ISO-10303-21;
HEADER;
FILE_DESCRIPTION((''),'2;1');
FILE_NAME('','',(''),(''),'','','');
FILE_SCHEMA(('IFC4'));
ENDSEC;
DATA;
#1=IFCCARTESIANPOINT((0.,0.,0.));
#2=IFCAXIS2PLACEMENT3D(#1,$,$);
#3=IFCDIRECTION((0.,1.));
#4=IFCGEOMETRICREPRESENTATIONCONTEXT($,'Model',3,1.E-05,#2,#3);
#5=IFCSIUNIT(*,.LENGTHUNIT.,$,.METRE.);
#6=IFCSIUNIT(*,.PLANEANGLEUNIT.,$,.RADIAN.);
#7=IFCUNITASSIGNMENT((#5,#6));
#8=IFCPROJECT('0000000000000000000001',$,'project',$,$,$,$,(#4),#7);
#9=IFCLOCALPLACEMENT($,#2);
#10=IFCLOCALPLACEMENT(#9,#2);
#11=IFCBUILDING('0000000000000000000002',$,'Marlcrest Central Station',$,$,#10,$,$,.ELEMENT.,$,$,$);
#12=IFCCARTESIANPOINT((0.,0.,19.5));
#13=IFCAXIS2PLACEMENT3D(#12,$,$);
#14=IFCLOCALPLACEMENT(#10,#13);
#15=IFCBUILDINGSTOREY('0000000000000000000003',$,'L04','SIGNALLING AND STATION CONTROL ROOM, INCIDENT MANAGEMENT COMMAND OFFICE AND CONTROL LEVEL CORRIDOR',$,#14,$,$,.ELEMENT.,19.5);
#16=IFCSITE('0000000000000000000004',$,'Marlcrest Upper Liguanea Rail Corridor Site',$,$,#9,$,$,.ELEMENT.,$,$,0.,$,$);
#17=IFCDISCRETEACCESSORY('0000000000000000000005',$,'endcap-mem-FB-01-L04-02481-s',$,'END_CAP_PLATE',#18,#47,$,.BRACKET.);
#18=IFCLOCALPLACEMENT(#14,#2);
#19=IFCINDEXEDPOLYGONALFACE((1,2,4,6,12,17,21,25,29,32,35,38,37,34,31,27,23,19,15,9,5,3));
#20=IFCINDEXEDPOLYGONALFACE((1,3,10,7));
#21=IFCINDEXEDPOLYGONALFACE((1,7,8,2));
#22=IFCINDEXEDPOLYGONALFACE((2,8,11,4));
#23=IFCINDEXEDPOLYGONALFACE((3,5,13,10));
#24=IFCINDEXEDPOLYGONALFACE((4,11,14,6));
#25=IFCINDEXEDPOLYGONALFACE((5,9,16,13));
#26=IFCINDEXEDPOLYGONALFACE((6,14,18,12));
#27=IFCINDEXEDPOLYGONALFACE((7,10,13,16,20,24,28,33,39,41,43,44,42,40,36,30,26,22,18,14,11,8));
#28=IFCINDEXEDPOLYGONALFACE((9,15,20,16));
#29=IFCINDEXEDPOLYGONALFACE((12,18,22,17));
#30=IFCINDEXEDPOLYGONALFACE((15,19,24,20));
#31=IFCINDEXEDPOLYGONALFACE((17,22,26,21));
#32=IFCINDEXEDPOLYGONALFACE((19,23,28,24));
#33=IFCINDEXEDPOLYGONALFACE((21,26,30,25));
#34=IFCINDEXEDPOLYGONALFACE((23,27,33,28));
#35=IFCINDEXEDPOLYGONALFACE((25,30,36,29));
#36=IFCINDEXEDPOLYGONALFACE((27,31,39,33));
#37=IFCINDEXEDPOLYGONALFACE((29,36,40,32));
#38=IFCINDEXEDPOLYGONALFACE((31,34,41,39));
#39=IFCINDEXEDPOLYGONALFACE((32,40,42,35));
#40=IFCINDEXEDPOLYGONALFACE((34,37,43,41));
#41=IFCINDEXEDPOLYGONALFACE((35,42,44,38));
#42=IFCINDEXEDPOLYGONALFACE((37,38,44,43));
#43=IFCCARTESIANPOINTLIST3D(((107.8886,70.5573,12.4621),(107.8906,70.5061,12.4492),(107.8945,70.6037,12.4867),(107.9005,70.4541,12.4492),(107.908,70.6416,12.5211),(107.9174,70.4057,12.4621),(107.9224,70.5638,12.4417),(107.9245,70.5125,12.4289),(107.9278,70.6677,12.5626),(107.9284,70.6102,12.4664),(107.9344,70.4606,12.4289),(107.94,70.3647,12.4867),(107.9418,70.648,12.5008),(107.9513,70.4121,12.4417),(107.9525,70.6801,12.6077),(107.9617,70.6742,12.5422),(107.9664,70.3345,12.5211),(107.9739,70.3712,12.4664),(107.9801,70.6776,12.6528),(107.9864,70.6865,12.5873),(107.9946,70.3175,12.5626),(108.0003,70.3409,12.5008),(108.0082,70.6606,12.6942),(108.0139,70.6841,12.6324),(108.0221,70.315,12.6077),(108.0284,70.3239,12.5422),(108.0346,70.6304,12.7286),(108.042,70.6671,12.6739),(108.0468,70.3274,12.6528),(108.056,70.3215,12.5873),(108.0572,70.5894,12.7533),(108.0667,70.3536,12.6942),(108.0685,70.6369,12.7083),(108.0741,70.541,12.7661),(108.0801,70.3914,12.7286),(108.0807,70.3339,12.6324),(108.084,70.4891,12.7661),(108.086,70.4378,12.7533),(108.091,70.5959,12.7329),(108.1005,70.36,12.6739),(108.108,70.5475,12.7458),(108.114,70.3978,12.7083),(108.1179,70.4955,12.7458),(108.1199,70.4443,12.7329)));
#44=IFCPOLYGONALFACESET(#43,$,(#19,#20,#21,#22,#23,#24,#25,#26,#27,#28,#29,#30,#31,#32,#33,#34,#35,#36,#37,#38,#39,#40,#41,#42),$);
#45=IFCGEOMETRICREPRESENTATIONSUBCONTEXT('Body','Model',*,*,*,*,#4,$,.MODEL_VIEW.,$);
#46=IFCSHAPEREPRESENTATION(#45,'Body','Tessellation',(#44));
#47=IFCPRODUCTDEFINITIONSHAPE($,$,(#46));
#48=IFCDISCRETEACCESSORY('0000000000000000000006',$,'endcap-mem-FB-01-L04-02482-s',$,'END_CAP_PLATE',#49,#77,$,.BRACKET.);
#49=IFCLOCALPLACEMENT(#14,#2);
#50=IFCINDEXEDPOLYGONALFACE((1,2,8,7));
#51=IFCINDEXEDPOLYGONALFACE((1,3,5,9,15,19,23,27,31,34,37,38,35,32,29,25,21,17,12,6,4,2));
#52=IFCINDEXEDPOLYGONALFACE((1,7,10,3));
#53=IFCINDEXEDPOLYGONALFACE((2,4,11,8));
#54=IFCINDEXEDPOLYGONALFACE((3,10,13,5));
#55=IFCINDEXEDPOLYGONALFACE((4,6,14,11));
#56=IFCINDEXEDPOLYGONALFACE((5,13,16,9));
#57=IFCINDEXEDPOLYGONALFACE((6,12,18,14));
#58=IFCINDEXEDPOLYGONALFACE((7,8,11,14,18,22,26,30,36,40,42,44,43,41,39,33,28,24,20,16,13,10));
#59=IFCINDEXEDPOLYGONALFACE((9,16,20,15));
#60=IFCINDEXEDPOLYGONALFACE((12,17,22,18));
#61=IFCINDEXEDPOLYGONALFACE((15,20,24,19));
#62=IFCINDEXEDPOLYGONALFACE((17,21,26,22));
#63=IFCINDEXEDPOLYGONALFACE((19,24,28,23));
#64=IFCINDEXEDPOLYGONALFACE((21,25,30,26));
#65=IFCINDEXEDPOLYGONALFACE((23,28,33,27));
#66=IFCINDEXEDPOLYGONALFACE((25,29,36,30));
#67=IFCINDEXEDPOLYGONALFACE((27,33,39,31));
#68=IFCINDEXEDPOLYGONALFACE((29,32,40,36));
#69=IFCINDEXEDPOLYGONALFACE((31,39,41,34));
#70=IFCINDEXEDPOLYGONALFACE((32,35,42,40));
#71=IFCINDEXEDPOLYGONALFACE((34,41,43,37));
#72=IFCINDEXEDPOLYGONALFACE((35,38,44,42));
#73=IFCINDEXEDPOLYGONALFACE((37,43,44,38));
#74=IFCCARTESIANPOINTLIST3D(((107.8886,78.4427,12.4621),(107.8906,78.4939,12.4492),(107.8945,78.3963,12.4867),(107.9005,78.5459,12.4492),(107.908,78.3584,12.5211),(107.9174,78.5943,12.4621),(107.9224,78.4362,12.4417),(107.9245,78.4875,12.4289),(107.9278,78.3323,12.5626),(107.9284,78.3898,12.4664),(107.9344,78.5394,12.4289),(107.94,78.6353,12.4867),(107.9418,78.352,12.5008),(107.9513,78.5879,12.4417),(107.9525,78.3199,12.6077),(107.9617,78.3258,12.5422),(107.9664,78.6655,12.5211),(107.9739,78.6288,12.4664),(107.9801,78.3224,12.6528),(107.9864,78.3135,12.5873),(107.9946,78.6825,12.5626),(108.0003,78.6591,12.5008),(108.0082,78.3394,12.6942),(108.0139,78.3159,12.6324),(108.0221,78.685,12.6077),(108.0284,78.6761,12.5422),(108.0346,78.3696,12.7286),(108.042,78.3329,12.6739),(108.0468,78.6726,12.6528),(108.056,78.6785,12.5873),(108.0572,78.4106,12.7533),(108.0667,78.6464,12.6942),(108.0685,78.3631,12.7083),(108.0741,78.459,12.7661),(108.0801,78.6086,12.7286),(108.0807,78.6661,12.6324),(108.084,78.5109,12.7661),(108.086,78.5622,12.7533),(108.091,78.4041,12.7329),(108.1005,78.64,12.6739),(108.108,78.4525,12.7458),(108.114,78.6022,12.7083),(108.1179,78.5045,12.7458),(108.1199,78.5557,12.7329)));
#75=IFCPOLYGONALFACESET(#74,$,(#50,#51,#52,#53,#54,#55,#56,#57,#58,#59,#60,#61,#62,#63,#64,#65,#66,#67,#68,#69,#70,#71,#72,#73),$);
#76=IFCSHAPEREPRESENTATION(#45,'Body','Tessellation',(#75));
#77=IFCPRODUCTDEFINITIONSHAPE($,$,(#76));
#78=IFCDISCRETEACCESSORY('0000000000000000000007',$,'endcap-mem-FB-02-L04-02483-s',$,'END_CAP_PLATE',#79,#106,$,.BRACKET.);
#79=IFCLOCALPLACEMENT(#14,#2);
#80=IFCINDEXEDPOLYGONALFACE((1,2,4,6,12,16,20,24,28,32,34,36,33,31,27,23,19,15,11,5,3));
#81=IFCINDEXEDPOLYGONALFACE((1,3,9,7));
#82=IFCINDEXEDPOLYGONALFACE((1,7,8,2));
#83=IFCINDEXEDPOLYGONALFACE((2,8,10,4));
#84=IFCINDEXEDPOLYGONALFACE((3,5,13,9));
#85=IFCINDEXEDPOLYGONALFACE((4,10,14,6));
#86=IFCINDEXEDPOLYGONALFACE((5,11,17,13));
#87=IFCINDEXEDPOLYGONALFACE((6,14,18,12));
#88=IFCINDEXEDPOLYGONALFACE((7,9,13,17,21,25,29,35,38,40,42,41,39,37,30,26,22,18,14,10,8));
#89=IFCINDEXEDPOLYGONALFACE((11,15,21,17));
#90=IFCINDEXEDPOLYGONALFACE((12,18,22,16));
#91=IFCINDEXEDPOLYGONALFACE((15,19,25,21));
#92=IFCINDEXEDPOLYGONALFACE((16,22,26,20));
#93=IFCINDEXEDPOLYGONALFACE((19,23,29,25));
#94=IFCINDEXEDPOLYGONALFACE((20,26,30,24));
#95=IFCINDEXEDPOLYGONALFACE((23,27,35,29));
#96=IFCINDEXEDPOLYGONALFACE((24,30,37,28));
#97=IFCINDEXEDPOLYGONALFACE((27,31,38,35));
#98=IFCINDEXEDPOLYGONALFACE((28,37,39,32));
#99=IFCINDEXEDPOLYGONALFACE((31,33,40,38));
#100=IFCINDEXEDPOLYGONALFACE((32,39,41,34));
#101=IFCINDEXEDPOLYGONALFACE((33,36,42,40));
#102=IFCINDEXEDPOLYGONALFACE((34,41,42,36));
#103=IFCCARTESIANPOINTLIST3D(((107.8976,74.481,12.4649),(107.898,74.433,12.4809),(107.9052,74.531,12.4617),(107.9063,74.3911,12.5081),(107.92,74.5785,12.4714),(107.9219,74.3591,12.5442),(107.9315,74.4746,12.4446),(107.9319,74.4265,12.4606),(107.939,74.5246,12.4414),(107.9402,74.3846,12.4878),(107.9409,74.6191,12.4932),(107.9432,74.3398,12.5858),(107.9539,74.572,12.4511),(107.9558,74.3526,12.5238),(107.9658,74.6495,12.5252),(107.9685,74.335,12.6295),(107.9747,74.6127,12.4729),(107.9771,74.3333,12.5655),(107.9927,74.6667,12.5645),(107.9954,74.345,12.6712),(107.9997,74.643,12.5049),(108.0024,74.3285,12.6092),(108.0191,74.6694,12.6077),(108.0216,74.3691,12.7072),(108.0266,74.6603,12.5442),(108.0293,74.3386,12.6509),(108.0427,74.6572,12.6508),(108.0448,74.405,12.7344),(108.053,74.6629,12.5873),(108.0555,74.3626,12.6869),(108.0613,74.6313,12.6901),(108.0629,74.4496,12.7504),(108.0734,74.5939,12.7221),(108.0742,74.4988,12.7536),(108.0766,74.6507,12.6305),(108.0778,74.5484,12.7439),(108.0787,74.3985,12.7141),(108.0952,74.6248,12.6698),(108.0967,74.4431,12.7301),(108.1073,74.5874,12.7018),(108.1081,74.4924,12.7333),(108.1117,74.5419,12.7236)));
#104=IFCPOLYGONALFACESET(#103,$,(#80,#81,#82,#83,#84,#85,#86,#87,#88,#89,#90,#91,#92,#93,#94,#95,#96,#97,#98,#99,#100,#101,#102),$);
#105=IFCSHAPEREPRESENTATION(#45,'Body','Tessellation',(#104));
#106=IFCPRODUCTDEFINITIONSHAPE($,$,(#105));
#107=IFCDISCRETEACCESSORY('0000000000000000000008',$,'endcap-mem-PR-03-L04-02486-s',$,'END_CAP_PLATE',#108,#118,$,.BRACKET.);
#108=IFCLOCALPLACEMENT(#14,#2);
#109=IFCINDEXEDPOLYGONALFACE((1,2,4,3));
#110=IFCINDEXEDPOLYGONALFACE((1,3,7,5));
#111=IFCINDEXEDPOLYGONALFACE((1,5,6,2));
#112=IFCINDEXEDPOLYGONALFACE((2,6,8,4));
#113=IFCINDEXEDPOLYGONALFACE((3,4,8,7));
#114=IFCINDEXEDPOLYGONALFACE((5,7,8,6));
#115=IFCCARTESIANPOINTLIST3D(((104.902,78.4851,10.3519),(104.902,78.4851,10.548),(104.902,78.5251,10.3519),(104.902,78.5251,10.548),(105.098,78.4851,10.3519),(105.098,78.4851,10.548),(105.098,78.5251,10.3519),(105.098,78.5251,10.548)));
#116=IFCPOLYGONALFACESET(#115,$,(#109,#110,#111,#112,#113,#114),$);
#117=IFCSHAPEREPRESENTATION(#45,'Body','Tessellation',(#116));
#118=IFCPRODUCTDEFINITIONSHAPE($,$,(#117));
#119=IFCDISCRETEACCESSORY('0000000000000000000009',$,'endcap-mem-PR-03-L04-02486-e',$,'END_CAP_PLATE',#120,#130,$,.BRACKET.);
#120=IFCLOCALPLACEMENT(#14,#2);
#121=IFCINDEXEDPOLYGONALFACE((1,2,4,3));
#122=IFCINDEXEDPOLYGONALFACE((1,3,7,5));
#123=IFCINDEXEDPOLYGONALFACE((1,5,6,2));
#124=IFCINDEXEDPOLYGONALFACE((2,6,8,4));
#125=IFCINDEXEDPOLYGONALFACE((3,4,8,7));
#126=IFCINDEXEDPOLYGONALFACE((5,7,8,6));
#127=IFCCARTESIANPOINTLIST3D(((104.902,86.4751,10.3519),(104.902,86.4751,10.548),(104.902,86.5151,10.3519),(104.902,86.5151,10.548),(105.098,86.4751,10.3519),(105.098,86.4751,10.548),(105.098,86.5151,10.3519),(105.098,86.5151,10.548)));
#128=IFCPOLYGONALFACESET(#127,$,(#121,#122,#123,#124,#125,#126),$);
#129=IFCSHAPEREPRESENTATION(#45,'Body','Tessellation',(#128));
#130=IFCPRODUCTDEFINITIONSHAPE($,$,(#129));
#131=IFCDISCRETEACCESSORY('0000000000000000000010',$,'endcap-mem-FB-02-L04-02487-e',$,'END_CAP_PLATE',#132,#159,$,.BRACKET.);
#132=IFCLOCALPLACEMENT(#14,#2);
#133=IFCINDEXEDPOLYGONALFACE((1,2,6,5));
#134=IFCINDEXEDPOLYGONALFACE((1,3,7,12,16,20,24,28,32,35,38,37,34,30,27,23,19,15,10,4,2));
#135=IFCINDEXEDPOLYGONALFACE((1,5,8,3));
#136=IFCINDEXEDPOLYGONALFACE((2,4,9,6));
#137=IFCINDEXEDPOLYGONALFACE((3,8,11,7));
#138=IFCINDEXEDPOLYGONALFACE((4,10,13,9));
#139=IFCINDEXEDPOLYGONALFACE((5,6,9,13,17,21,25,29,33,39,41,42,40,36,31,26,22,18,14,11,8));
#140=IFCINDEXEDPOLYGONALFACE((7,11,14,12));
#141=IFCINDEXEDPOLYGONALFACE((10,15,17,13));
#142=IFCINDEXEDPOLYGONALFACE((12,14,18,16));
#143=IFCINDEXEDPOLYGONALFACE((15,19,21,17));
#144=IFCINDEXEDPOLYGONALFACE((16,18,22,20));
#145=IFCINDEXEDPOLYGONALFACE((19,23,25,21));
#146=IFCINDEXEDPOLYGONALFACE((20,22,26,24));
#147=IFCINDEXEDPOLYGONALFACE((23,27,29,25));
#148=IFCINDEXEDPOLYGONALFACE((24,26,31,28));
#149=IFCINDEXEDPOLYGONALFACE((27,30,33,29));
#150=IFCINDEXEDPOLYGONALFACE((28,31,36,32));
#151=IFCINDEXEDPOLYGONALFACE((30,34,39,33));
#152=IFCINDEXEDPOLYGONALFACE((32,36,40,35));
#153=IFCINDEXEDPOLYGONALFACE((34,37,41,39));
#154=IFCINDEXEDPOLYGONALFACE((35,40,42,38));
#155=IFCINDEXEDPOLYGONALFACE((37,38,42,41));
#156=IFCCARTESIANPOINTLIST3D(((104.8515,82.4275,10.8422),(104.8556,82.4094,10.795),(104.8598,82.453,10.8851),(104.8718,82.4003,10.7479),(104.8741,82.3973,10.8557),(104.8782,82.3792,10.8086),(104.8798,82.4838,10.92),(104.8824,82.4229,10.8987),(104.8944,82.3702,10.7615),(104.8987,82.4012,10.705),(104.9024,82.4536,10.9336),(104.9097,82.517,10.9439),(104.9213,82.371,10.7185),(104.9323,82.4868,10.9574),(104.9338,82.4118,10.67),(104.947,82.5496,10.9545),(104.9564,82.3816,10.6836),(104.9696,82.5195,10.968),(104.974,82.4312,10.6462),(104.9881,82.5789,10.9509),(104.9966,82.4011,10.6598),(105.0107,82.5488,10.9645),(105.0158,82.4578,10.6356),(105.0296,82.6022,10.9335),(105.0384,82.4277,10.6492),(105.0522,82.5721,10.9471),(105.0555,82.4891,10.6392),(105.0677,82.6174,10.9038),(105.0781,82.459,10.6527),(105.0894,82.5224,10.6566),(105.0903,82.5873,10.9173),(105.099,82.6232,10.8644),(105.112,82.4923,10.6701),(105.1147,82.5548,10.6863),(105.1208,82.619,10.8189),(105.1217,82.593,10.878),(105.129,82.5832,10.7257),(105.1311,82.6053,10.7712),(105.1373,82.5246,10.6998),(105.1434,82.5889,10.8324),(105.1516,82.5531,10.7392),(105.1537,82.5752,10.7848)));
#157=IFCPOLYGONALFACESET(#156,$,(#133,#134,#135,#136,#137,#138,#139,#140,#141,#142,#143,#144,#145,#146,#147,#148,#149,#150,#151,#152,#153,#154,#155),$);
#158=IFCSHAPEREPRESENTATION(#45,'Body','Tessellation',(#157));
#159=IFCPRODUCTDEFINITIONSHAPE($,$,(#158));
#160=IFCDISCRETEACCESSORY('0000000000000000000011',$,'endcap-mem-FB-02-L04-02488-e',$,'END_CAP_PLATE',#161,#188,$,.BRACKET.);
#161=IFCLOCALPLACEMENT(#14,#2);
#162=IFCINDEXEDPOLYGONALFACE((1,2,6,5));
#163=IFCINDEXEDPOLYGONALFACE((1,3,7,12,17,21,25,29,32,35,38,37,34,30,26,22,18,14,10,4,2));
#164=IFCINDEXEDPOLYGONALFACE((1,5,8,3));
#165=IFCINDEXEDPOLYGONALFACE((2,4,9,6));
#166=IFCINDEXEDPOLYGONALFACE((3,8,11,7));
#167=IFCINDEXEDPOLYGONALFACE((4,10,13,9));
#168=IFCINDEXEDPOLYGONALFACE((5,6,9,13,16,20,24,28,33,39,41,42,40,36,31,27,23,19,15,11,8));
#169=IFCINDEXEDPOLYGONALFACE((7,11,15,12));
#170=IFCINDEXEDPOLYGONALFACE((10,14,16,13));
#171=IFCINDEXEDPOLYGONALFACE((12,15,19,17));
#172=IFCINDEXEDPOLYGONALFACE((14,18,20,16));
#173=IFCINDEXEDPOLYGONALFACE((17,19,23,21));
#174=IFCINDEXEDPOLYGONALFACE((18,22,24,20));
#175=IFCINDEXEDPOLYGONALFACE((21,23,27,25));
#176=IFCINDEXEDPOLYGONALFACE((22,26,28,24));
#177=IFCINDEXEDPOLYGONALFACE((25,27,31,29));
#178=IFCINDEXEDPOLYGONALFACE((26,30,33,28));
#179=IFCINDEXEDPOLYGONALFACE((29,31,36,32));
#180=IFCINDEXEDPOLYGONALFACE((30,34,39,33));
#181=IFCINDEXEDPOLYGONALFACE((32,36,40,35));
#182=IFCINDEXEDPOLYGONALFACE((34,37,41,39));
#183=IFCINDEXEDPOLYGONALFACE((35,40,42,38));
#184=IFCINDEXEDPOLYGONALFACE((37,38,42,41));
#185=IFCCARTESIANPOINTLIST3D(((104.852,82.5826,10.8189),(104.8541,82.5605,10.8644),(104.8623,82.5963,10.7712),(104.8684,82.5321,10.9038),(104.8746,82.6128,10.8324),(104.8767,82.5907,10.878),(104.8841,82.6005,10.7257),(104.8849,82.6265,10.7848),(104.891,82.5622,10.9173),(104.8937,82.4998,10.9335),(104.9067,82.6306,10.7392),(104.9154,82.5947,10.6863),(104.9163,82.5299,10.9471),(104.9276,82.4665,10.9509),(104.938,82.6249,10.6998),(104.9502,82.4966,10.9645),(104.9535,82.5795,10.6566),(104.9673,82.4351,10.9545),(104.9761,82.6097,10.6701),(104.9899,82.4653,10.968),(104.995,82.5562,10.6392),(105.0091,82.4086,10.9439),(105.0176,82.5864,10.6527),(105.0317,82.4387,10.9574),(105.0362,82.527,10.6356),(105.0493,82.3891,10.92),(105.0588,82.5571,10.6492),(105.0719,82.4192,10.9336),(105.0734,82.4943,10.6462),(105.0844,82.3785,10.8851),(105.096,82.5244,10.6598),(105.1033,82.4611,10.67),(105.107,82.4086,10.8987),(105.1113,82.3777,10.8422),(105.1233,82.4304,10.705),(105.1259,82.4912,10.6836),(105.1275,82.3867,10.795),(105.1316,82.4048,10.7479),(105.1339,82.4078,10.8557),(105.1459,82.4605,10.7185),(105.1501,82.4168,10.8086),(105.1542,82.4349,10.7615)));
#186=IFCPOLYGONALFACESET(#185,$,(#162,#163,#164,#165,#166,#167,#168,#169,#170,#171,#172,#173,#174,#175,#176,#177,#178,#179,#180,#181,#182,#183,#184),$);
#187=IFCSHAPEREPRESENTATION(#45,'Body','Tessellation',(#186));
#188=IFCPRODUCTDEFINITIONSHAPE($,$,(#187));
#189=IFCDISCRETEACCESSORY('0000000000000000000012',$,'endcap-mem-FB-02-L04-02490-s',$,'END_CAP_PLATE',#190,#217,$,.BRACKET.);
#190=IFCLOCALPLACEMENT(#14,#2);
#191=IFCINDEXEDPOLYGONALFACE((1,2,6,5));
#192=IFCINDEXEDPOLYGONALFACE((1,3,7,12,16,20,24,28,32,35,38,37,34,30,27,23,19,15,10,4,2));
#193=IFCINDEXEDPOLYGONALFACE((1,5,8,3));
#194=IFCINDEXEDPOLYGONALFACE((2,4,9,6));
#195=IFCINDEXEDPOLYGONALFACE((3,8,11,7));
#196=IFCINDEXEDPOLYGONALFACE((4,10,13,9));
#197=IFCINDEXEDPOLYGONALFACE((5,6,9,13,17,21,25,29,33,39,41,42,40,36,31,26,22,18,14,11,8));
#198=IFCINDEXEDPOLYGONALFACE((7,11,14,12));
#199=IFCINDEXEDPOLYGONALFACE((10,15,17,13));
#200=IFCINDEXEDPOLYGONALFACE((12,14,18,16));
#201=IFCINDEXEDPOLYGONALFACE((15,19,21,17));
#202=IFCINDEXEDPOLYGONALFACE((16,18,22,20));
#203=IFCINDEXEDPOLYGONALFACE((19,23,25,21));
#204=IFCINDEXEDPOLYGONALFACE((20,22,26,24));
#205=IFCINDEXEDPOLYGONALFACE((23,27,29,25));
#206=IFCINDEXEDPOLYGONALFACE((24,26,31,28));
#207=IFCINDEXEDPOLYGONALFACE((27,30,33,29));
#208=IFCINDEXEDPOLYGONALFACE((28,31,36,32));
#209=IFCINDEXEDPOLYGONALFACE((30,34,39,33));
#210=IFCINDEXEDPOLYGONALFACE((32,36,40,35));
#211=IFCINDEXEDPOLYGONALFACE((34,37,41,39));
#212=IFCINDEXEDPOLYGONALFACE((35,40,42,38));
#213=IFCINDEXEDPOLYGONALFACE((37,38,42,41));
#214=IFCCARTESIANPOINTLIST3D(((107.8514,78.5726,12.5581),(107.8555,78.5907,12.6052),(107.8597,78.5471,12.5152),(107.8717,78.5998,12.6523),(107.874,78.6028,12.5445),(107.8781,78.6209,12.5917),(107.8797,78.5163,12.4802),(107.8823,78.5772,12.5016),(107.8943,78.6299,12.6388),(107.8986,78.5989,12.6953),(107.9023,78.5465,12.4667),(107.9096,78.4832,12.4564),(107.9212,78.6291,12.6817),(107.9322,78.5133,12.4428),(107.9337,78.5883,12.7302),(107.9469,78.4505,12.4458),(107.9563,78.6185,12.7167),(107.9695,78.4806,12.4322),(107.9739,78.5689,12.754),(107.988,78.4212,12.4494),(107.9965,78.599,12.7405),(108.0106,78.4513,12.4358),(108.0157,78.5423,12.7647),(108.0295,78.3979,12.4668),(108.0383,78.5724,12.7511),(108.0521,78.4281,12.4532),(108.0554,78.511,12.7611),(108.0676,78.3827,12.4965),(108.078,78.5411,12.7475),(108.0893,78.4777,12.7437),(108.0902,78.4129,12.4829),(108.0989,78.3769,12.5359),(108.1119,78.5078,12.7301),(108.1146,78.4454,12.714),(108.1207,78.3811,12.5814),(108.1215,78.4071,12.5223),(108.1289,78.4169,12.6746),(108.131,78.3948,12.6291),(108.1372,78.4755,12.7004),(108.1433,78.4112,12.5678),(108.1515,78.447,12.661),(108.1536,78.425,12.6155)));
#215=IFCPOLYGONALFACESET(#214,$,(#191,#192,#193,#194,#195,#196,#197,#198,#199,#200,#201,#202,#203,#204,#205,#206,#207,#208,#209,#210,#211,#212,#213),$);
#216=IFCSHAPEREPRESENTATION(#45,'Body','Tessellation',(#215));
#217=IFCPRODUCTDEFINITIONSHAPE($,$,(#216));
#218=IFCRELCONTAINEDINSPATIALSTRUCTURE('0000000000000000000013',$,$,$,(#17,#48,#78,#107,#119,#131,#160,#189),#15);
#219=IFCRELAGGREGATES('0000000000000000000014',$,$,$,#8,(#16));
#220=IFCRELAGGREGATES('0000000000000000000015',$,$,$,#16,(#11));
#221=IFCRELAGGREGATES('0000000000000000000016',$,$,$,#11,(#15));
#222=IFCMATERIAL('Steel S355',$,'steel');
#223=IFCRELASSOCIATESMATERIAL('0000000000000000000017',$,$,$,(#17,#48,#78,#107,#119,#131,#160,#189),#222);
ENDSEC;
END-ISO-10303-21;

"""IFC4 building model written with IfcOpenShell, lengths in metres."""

from ifc_helpers import new_model, si_unit, direction, frame, origin, origin_2d, place, context, subcontext, project, spatial, rectangle, circle, extrude, material, element, save


model = new_model("IFC4")

# Units and contexts
model_context = context("Model", 3, precision=1e-05, world=origin(), true_north=direction((0.0, 1.0)))
body_context = subcontext(model_context, "Body", "Model", "MODEL_VIEW")
ifc_project = project(units=[si_unit("LENGTHUNIT", "METRE"), si_unit("PLANEANGLEUNIT", "RADIAN")], contexts=[model_context])

# Site, building, storey
site_placement = place(None, origin())
site = spatial("IfcSite", under=ifc_project, at=site_placement, Name="Marlcrest Upper Liguanea Rail Corridor Site", CompositionType="ELEMENT", RefElevation=0.0)
building_placement = place(site_placement, origin())
building = spatial("IfcBuilding", under=site, at=building_placement, Name="Marlcrest Central Station", CompositionType="ELEMENT")
storey_placement = place(building_placement, frame((0.0, 0.0, 19.5)))
storey = spatial("IfcBuildingStorey", under=building, at=storey_placement, Name="L04", Description="SIGNALLING AND STATION CONTROL ROOM, INCIDENT MANAGEMENT COMMAND OFFICE AND CONTROL LEVEL CORRIDOR", CompositionType="ELEMENT", Elevation=19.5)

# Discrete accessories
ifc_material_1 = material(Name="Steel S355", Category="steel")
for number, where, z_axis, x_axis, name in (
    (1, (107.9873, 70.4976, 12.6077), (0.846277, 0.161196, -0.50777), (-0.187112, 0.982339, 0.0), "endcap-mem-FB-01-L04-02481-s"),
    (2, (107.9873, 78.5024, 12.6077), (0.846277, -0.161196, -0.50777), (0.187112, 0.982339, 0.0), "endcap-mem-FB-01-L04-02482-s"),
):
    element("IfcDiscreteAccessory", number, at=place(storey_placement, frame(where, z_axis=z_axis, x_axis=x_axis)), inside=storey, material=ifc_material_1, Name=name, ObjectType="END_CAP_PLATE", PredefinedType="BRACKET", context=body_context, shape_type="SweptSolid", body=[
        extrude(circle(Radius=0.1858, at=origin_2d()), origin(), (0.0, 0.0, 1.0), 0.04),
    ])
discrete_accessory_1_placement = place(storey_placement, frame((107.9873, 74.5024, 12.6077), z_axis=(0.846277, -0.161196, -0.50777), x_axis=(0.187112, 0.982339, 0.0)))
element("IfcDiscreteAccessory", 3, at=discrete_accessory_1_placement, inside=storey, material=ifc_material_1, Name="endcap-mem-FB-02-L04-02483-s", ObjectType="END_CAP_PLATE", PredefinedType="BRACKET", context=body_context, shape_type="SweptSolid", body=[
    extrude(circle(Radius=0.1699, at=origin_2d()), origin(), (0.0, 0.0, 1.0), 0.04),
])
for number, where, z_axis, x_axis, name in (
    (4, (105.0, 78.4851, 10.45), (0.0, 1.0, 0.0), (-1.0, 0.0, 0.0), "endcap-mem-PR-03-L04-02486-s"),
    (5, (105.0, 86.4751, 10.45), (0.0, 1.0, 0.0), (-1.0, 0.0, 0.0), "endcap-mem-PR-03-L04-02486-e"),
):
    element("IfcDiscreteAccessory", number, at=place(storey_placement, frame(where, z_axis=z_axis, x_axis=x_axis)), inside=storey, material=ifc_material_1, Name=name, ObjectType="END_CAP_PLATE", PredefinedType="BRACKET", context=body_context, shape_type="SweptSolid", body=[
        extrude(rectangle(XDim=0.196, YDim=0.196, at=origin_2d()), origin(), (0.0, 0.0, 1.0), 0.04),
    ])
for number, where, z_axis, x_axis, name in (
    (6, (105.0142, 82.4812, 10.8086), (-0.564531, 0.752708, -0.338728), (-0.8, -0.6, 0.0), "endcap-mem-FB-02-L04-02487-e"),
    (7, (105.0142, 82.5188, 10.8086), (-0.564531, -0.752708, -0.338728), (0.8, -0.6, 0.0), "endcap-mem-FB-02-L04-02488-e"),
    (8, (107.9915, 78.4888, 12.6052), (0.564531, 0.752708, -0.338728), (-0.8, 0.6, 0.0), "endcap-mem-FB-02-L04-02490-s"),
):
    element("IfcDiscreteAccessory", number, at=place(storey_placement, frame(where, z_axis=z_axis, x_axis=x_axis)), inside=storey, material=ifc_material_1, Name=name, ObjectType="END_CAP_PLATE", PredefinedType="BRACKET", context=body_context, shape_type="SweptSolid", body=[
        extrude(circle(Radius=0.1699, at=origin_2d()), origin(), (0.0, 0.0, 1.0), 0.04),
    ])

save(model, "model.ifc")
